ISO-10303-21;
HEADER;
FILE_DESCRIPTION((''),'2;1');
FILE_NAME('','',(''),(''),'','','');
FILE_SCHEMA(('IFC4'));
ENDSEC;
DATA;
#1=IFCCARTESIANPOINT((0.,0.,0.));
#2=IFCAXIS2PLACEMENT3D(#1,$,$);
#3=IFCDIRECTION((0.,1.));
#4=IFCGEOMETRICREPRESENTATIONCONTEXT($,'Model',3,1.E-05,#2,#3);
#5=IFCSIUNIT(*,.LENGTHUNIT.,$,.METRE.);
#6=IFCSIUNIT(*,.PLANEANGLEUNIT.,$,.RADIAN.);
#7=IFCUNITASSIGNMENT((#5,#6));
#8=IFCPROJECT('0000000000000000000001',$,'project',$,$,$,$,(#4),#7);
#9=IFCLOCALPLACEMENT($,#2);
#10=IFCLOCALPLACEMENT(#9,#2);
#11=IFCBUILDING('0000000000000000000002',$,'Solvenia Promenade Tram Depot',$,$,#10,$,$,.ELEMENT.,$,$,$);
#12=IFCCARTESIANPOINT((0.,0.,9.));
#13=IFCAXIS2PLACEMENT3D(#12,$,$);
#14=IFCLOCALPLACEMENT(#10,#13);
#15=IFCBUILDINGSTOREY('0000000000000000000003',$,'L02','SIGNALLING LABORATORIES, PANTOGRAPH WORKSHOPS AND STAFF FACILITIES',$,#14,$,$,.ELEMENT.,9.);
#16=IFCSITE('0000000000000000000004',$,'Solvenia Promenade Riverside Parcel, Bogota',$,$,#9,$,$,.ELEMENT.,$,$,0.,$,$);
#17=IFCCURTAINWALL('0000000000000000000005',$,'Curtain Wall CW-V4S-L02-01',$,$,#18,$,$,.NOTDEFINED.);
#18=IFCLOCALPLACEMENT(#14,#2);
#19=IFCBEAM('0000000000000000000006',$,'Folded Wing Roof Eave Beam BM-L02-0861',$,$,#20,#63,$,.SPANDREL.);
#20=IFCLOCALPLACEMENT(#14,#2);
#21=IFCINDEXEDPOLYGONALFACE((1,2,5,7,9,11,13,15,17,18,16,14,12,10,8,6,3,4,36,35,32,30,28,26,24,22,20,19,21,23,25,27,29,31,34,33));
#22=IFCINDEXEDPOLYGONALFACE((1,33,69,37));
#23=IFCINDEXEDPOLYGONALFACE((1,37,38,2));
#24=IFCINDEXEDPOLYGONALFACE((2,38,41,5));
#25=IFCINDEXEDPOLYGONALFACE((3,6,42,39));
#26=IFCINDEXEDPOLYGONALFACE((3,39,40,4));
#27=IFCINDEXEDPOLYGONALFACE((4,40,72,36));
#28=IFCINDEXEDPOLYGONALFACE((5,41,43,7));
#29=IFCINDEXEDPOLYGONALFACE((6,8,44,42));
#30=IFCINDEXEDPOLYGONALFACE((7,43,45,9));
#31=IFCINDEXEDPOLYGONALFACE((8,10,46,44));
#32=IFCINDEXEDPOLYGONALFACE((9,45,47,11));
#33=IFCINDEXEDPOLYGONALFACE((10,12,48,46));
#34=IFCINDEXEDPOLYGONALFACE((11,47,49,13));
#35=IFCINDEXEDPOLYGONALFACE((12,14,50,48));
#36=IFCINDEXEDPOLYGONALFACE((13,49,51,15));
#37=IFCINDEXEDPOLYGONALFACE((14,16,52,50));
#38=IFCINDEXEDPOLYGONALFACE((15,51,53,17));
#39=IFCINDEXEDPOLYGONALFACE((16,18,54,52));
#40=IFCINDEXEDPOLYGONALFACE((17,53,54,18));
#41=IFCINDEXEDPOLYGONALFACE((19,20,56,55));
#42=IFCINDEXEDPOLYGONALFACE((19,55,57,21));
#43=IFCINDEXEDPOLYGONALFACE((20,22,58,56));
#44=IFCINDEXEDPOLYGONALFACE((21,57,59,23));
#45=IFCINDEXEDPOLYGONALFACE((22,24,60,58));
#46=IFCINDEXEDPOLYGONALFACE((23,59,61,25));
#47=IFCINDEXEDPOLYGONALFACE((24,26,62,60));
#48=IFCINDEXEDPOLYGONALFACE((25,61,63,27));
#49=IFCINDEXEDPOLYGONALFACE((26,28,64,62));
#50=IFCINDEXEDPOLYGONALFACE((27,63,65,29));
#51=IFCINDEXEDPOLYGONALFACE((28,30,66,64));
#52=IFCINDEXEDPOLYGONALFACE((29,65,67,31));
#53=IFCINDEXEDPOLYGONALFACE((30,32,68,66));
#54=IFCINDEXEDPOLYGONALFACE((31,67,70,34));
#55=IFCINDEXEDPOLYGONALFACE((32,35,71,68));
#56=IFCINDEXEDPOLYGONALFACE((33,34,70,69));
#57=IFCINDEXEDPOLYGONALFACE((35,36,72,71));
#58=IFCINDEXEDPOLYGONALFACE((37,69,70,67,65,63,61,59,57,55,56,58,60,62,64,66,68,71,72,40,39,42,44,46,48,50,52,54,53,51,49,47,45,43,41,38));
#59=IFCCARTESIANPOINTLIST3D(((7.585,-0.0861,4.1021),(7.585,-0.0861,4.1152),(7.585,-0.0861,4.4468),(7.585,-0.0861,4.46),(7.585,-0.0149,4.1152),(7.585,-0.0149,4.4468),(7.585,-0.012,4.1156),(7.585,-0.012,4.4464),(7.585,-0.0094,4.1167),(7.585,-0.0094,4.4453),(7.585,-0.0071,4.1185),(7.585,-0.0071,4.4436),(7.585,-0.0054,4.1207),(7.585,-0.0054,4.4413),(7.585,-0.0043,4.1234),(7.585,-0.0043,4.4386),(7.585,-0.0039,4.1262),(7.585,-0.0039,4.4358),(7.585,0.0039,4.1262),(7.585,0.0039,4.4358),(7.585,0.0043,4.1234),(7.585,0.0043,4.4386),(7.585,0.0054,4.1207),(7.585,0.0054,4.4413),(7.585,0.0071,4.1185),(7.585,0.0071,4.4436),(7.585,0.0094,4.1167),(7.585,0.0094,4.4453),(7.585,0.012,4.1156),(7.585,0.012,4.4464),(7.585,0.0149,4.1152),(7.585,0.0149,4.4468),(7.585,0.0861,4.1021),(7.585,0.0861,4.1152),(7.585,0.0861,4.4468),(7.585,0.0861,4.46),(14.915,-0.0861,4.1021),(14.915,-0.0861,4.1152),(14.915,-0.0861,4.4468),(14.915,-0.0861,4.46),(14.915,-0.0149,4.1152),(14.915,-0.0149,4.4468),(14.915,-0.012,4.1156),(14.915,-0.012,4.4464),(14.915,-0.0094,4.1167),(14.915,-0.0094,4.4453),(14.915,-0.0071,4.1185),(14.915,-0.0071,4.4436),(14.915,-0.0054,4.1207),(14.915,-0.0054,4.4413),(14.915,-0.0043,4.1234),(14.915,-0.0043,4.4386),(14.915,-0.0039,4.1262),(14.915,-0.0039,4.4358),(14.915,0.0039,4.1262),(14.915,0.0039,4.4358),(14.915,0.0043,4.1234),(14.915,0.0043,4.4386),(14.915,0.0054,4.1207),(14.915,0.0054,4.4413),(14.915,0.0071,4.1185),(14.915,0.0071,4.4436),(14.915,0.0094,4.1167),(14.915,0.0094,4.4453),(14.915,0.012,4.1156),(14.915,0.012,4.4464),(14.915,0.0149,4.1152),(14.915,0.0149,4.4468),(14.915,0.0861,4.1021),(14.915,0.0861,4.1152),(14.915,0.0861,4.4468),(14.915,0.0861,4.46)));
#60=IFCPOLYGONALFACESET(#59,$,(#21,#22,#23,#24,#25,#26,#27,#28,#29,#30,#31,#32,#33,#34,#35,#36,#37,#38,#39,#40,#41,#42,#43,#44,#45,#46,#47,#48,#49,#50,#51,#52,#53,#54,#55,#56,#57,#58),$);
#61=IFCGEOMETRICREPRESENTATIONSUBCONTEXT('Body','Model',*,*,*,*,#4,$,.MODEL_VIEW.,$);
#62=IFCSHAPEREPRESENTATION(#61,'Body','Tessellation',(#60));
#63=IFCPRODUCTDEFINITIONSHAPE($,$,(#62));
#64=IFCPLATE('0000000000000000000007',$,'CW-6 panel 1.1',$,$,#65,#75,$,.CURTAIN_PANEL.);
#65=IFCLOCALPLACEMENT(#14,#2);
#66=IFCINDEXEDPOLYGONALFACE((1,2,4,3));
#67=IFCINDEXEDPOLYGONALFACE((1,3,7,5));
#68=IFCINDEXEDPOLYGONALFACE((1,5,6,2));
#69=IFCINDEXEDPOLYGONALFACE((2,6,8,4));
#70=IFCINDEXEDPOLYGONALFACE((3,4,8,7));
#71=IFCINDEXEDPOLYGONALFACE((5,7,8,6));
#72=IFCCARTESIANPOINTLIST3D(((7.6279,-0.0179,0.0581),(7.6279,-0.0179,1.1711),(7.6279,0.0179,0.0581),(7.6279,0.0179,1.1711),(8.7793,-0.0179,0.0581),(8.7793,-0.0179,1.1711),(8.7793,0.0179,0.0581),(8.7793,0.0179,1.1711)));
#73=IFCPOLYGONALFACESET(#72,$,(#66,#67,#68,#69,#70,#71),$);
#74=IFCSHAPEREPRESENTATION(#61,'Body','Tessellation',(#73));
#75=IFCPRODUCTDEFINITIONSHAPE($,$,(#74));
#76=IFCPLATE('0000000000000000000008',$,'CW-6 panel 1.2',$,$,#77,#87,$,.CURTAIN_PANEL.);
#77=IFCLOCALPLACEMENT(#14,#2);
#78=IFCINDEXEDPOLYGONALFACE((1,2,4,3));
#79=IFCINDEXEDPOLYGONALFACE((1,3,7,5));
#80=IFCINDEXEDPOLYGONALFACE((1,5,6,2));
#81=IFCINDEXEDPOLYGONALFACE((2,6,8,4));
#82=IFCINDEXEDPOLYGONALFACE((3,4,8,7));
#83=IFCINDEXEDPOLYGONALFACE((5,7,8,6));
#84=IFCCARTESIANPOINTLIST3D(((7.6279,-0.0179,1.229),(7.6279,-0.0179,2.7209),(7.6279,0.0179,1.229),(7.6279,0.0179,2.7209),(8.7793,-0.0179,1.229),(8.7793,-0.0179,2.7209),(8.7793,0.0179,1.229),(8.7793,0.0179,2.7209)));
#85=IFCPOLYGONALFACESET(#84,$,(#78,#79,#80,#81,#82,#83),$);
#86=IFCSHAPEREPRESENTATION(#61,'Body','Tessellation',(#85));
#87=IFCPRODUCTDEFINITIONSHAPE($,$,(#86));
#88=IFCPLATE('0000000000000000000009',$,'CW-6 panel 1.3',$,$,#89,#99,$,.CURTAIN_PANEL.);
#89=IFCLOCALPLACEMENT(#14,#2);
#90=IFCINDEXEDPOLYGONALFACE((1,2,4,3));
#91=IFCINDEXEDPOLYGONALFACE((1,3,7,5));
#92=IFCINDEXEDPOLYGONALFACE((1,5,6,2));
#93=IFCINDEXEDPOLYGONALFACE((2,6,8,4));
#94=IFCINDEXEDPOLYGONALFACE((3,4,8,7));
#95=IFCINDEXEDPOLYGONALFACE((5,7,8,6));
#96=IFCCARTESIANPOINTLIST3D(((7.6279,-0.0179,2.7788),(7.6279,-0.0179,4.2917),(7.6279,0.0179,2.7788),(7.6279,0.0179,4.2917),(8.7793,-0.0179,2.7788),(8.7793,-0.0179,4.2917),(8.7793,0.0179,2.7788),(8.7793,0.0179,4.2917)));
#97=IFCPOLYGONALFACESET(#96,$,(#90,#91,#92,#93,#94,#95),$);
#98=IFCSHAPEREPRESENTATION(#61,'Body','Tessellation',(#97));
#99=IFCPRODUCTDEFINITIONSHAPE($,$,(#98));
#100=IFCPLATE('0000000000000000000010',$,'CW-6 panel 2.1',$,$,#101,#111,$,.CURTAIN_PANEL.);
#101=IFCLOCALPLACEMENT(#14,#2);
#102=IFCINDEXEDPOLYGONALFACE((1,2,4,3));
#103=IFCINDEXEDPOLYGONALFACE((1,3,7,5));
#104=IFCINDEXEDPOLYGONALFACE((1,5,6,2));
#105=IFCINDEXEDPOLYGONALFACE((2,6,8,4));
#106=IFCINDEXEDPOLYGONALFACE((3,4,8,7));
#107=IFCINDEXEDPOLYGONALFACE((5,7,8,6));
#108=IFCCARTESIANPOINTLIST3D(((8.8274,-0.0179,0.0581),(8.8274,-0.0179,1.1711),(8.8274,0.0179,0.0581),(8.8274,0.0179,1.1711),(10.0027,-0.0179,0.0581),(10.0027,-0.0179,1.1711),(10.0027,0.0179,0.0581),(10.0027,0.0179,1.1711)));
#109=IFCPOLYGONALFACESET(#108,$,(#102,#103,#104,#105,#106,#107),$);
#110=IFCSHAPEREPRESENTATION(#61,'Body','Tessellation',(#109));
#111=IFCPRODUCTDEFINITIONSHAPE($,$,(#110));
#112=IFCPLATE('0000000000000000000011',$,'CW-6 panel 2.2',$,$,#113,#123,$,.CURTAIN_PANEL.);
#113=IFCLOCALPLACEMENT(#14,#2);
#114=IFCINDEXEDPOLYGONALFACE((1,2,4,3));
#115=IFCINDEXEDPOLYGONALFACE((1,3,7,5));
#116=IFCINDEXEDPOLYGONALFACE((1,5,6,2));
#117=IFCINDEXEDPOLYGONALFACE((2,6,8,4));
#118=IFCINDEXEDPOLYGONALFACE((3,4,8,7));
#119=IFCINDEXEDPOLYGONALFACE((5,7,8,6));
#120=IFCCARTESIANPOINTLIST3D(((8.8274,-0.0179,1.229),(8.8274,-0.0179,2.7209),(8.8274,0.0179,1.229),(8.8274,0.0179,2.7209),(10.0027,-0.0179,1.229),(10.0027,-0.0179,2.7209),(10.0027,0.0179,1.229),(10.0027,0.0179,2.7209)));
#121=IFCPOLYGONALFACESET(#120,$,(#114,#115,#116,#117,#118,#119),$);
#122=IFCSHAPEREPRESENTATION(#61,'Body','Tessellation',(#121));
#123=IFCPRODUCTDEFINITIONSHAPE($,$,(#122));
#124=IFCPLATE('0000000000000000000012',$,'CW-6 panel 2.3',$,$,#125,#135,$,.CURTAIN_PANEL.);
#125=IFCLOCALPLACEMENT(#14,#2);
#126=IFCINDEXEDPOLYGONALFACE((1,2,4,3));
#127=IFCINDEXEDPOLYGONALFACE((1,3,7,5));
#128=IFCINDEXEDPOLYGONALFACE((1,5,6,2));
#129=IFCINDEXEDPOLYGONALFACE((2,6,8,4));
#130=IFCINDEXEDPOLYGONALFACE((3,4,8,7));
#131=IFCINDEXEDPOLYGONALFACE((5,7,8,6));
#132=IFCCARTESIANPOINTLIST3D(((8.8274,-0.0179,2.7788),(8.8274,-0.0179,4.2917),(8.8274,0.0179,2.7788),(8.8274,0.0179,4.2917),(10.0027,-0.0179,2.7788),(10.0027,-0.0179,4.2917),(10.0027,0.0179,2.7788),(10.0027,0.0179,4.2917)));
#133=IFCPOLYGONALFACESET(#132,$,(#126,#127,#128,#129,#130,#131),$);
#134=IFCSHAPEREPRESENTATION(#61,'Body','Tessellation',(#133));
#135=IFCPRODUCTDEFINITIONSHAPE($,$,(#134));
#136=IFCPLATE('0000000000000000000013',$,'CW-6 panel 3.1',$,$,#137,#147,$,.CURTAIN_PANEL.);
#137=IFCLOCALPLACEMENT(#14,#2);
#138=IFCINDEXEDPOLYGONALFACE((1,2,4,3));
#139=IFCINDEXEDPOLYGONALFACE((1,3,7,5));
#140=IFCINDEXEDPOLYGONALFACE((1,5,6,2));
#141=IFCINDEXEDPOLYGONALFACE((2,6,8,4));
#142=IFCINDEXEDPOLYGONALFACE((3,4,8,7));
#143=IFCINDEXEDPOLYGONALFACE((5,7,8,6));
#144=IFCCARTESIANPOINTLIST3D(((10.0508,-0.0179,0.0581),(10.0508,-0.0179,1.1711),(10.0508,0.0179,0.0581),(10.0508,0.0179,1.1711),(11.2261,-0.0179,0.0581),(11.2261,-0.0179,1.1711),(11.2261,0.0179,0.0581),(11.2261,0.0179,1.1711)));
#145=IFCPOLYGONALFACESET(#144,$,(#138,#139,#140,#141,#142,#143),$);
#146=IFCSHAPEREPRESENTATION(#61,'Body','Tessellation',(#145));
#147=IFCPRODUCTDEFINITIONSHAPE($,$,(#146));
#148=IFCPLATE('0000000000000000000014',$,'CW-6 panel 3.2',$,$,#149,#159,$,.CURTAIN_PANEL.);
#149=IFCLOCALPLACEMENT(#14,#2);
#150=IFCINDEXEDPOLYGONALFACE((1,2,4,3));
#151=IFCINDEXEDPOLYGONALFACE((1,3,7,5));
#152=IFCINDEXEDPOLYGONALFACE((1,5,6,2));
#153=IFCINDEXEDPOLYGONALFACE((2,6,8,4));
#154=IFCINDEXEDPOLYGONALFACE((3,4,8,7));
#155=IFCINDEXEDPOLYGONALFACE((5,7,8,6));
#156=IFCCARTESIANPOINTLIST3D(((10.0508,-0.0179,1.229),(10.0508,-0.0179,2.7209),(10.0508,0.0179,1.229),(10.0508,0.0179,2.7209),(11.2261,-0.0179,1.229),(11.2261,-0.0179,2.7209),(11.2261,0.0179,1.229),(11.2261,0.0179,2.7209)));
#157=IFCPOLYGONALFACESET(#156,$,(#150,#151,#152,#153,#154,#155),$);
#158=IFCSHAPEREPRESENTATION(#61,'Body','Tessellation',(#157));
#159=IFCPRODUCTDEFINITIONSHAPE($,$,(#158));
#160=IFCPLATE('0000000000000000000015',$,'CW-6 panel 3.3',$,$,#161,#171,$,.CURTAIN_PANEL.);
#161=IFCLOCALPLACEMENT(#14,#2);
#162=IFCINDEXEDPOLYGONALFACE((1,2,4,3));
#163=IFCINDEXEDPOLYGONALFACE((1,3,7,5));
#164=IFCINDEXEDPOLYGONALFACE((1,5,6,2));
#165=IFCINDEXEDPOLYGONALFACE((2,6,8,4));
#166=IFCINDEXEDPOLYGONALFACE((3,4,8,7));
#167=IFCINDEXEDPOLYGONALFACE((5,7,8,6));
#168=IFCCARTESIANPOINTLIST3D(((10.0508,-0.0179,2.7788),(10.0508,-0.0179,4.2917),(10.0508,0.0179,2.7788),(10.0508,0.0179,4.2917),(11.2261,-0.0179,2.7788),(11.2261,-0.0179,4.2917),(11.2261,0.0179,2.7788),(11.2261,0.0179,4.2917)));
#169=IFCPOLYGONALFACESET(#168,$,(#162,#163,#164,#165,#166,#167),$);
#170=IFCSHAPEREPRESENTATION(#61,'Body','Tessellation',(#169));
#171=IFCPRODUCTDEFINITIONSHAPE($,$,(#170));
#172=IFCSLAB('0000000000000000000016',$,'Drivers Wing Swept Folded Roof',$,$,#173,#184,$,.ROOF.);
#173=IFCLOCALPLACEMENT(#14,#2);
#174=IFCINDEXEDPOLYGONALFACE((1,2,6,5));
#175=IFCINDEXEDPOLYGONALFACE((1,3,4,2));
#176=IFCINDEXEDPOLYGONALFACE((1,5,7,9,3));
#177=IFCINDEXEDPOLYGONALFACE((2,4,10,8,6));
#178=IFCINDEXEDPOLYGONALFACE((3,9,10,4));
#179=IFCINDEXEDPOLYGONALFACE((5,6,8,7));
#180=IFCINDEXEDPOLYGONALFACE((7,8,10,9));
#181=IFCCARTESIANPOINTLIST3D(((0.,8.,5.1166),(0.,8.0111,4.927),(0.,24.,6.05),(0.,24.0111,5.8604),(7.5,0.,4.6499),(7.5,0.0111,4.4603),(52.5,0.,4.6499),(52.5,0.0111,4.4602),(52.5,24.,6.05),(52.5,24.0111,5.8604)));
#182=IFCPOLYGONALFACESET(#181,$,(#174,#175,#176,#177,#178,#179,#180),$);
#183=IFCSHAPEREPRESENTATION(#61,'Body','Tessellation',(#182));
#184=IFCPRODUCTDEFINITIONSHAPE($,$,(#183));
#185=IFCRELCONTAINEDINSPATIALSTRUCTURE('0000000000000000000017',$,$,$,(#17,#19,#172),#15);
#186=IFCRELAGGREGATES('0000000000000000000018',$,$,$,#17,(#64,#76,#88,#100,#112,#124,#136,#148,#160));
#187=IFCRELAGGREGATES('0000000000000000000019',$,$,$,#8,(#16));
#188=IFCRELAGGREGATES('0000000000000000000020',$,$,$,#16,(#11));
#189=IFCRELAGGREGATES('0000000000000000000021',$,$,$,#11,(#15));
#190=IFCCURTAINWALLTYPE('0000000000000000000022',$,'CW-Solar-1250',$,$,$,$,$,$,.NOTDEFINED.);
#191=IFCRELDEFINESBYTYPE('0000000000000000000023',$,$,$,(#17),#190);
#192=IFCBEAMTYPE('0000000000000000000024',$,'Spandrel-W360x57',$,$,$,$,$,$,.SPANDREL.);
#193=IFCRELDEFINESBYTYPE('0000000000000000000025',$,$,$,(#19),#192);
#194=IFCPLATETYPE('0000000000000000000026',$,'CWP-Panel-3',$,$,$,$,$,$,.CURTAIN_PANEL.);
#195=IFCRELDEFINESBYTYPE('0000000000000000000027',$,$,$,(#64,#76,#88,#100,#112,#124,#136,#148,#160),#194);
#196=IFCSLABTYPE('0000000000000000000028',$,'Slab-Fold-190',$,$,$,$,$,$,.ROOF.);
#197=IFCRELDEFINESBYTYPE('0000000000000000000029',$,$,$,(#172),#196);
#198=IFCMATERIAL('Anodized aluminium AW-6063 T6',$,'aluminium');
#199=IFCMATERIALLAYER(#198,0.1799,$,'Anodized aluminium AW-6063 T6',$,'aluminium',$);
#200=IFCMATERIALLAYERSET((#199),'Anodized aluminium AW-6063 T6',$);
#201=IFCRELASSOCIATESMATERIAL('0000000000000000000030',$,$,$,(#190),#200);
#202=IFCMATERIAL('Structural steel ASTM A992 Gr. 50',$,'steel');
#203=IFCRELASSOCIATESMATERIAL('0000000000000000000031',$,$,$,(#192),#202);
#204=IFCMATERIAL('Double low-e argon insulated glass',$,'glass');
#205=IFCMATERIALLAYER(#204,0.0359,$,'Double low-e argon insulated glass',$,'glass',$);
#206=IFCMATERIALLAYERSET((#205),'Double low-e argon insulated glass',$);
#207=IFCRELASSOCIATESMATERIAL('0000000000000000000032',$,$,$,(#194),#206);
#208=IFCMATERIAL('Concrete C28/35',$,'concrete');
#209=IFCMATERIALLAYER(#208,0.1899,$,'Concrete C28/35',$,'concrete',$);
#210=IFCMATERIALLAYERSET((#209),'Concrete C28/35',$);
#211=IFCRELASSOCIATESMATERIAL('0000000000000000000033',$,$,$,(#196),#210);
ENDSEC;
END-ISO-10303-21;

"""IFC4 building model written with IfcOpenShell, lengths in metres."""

from ifc_helpers import new_model, si_unit, direction, frame, origin, origin_2d, place, context, subcontext, project, spatial, polyline, rectangle, i_section, outline, extrude, material, layer, layer_set, material_profile, profile_set, type_object, element, aggregate, save


model = new_model("IFC4")

# Units and contexts
model_context = context("Model", 3, precision=1e-05, world=origin(), true_north=direction((0.0, 1.0)))
body_context = subcontext(model_context, "Body", "Model", "MODEL_VIEW")
ifc_project = project(units=[si_unit("LENGTHUNIT", "METRE"), si_unit("PLANEANGLEUNIT", "RADIAN")], contexts=[model_context])

# Site, building, storey
site_placement = place(None, origin())
site = spatial("IfcSite", under=ifc_project, at=site_placement, Name="Solvenia Promenade Riverside Parcel, Bogota", CompositionType="ELEMENT", RefElevation=0.0)
building_placement = place(site_placement, origin())
building = spatial("IfcBuilding", under=site, at=building_placement, Name="Solvenia Promenade Tram Depot", CompositionType="ELEMENT")
storey_placement = place(building_placement, frame((0.0, 0.0, 9.0)))
storey = spatial("IfcBuildingStorey", under=building, at=storey_placement, Name="L02", Description="SIGNALLING LABORATORIES, PANTOGRAPH WORKSHOPS AND STAFF FACILITIES", CompositionType="ELEMENT", Elevation=9.0)

# Shared definitions
ifc_material_1 = material(Name="Structural steel ASTM A992 Gr. 50", Category="steel")

# Curtain wall
ifc_material_2 = material(Name="Anodized aluminium AW-6063 T6", Category="aluminium")
ifc_layer_1 = layer(ifc_material_2, 0.1799, Name="Anodized aluminium AW-6063 T6", Category="aluminium")
ifc_layer_set_1 = layer_set([ifc_layer_1], Name="Anodized aluminium AW-6063 T6")
curtain_wall_type = type_object("IfcCurtainWallType", Name="CW-Solar-1250", PredefinedType="NOTDEFINED", material=ifc_layer_set_1)
curtain_wall_placement = place(storey_placement, origin())
curtain_wall = element("IfcCurtainWall", 1, at=curtain_wall_placement, inside=storey, type_object=curtain_wall_type, Name="Curtain Wall CW-V4S-L02-01", PredefinedType="NOTDEFINED")

# Beam
ifc_material_profile_1 = material_profile(ifc_material_1, i_section(OverallWidth=0.1721, OverallDepth=0.3579, WebThickness=0.0078, FlangeThickness=0.0132, FilletRadius=0.011, at=origin_2d()), Name="W360x57", Category="steel")
ifc_profile_set_1 = profile_set([ifc_material_profile_1], Name="Structural steel ASTM A992 Gr. 50")
beam_type = type_object("IfcBeamType", Name="Spandrel-W360x57", PredefinedType="SPANDREL", material=ifc_profile_set_1)
for number, where, z_axis, x_axis, name in (
    (2, (7.585, 0.0, 4.281), (1.0, 0.0, 0.0), (0.0, 1.0, 0.0), "Folded Wing Roof Eave Beam BM-L02-0861"),
):
    element("IfcBeam", number, at=place(storey_placement, frame(where, z_axis=z_axis, x_axis=x_axis)), inside=storey, type_object=beam_type, Name=name, PredefinedType="SPANDREL", context=body_context, shape_type="SweptSolid", body=[
        extrude(i_section(OverallWidth=0.1721, OverallDepth=0.3579, WebThickness=0.0078, FlangeThickness=0.0132, FilletRadius=0.011, at=origin_2d()), origin(), (0.0, 0.0, 1.0), 7.3301),
    ])

# Plates
ifc_material_3 = material(Name="Double low-e argon insulated glass", Category="glass")
ifc_layer_2 = layer(ifc_material_3, 0.0359, Name="Double low-e argon insulated glass", Category="glass")
ifc_layer_set_2 = layer_set([ifc_layer_2], Name="Double low-e argon insulated glass")
plate_type = type_object("IfcPlateType", Name="CWP-Panel-3", PredefinedType="CURTAIN_PANEL", material=ifc_layer_set_2)
plate_1_placement = place(storey_placement, frame((8.2036, 0.0, 0.0581), z_axis=(0.0, 0.0, 1.0), x_axis=(1.0, 0.0, 0.0)))
plate_1 = element("IfcPlate", 3, at=plate_1_placement, type_object=plate_type, Name="CW-6 panel 1.1", PredefinedType="CURTAIN_PANEL", context=body_context, shape_type="SweptSolid", body=[
    extrude(rectangle(XDim=1.1514, YDim=0.0359, at=origin_2d()), origin(), (0.0, 0.0, 1.0), 1.113),
])
plate_2_placement = place(storey_placement, frame((8.2036, 0.0, 1.229), z_axis=(0.0, 0.0, 1.0), x_axis=(1.0, 0.0, 0.0)))
plate_2 = element("IfcPlate", 4, at=plate_2_placement, type_object=plate_type, Name="CW-6 panel 1.2", PredefinedType="CURTAIN_PANEL", context=body_context, shape_type="SweptSolid", body=[
    extrude(rectangle(XDim=1.1514, YDim=0.0359, at=origin_2d()), origin(), (0.0, 0.0, 1.0), 1.4919),
])
plate_3_placement = place(storey_placement, frame((8.2036, 0.0, 2.7788), z_axis=(0.0, 0.0, 1.0), x_axis=(1.0, 0.0, 0.0)))
plate_3 = element("IfcPlate", 5, at=plate_3_placement, type_object=plate_type, Name="CW-6 panel 1.3", PredefinedType="CURTAIN_PANEL", context=body_context, shape_type="SweptSolid", body=[
    extrude(rectangle(XDim=1.1514, YDim=0.0359, at=origin_2d()), origin(), (0.0, 0.0, 1.0), 1.5129),
])
plate_4_placement = place(storey_placement, frame((9.415, 0.0, 0.0581), z_axis=(0.0, 0.0, 1.0), x_axis=(1.0, 0.0, 0.0)))
plate_4 = element("IfcPlate", 6, at=plate_4_placement, type_object=plate_type, Name="CW-6 panel 2.1", PredefinedType="CURTAIN_PANEL", context=body_context, shape_type="SweptSolid", body=[
    extrude(rectangle(XDim=1.1753, YDim=0.0359, at=origin_2d()), origin(), (0.0, 0.0, 1.0), 1.113),
])
plate_5_placement = place(storey_placement, frame((9.415, 0.0, 1.229), z_axis=(0.0, 0.0, 1.0), x_axis=(1.0, 0.0, 0.0)))
plate_5 = element("IfcPlate", 7, at=plate_5_placement, type_object=plate_type, Name="CW-6 panel 2.2", PredefinedType="CURTAIN_PANEL", context=body_context, shape_type="SweptSolid", body=[
    extrude(rectangle(XDim=1.1753, YDim=0.0359, at=origin_2d()), origin(), (0.0, 0.0, 1.0), 1.4919),
])
plate_6_placement = place(storey_placement, frame((9.415, 0.0, 2.7788), z_axis=(0.0, 0.0, 1.0), x_axis=(1.0, 0.0, 0.0)))
plate_6 = element("IfcPlate", 8, at=plate_6_placement, type_object=plate_type, Name="CW-6 panel 2.3", PredefinedType="CURTAIN_PANEL", context=body_context, shape_type="SweptSolid", body=[
    extrude(rectangle(XDim=1.1753, YDim=0.0359, at=origin_2d()), origin(), (0.0, 0.0, 1.0), 1.5129),
])
plate_7_placement = place(storey_placement, frame((10.6384, 0.0, 0.0581), z_axis=(0.0, 0.0, 1.0), x_axis=(1.0, 0.0, 0.0)))
plate_7 = element("IfcPlate", 9, at=plate_7_placement, type_object=plate_type, Name="CW-6 panel 3.1", PredefinedType="CURTAIN_PANEL", context=body_context, shape_type="SweptSolid", body=[
    extrude(rectangle(XDim=1.1753, YDim=0.0359, at=origin_2d()), origin(), (0.0, 0.0, 1.0), 1.113),
])
plate_8_placement = place(storey_placement, frame((10.6384, 0.0, 1.229), z_axis=(0.0, 0.0, 1.0), x_axis=(1.0, 0.0, 0.0)))
plate_8 = element("IfcPlate", 10, at=plate_8_placement, type_object=plate_type, Name="CW-6 panel 3.2", PredefinedType="CURTAIN_PANEL", context=body_context, shape_type="SweptSolid", body=[
    extrude(rectangle(XDim=1.1753, YDim=0.0359, at=origin_2d()), origin(), (0.0, 0.0, 1.0), 1.4919),
])
plate_9_placement = place(storey_placement, frame((10.6384, 0.0, 2.7788), z_axis=(0.0, 0.0, 1.0), x_axis=(1.0, 0.0, 0.0)))
plate_9 = element("IfcPlate", 11, at=plate_9_placement, type_object=plate_type, Name="CW-6 panel 3.3", PredefinedType="CURTAIN_PANEL", context=body_context, shape_type="SweptSolid", body=[
    extrude(rectangle(XDim=1.1753, YDim=0.0359, at=origin_2d()), origin(), (0.0, 0.0, 1.0), 1.5129),
])
aggregate(curtain_wall, [plate_1, plate_2, plate_3, plate_4, plate_5, plate_6, plate_7, plate_8, plate_9])

# Slab
ifc_material_4 = material(Name="Concrete C28/35", Category="concrete")
ifc_layer_3 = layer(ifc_material_4, 0.1899, Name="Concrete C28/35", Category="concrete")
ifc_layer_set_3 = layer_set([ifc_layer_3], Name="Concrete C28/35")
slab_type = type_object("IfcSlabType", Name="Slab-Fold-190", PredefinedType="ROOF", material=ifc_layer_set_3)
slab_placement = place(storey_placement, frame((7.5, 0.0, 4.6499), z_axis=(0.000001, -0.05824, 0.998303), x_axis=(1.0, 0.0, -0.000001)))
element("IfcSlab", 12, at=slab_placement, inside=storey, type_object=slab_type, Name="Drivers Wing Swept Folded Roof", PredefinedType="ROOF", context=body_context, shape_type="SweptSolid", body=[
    extrude(outline(polyline([(0.0, 0.0), (45.0, 0.0), (45.0, 24.0408), (-7.5, 24.0408), (-7.5, 8.0136), (0.0, 0.0)])), origin(), (0.0, 0.0, -1.0), 0.1899),
])

save(model, "model.ifc")
